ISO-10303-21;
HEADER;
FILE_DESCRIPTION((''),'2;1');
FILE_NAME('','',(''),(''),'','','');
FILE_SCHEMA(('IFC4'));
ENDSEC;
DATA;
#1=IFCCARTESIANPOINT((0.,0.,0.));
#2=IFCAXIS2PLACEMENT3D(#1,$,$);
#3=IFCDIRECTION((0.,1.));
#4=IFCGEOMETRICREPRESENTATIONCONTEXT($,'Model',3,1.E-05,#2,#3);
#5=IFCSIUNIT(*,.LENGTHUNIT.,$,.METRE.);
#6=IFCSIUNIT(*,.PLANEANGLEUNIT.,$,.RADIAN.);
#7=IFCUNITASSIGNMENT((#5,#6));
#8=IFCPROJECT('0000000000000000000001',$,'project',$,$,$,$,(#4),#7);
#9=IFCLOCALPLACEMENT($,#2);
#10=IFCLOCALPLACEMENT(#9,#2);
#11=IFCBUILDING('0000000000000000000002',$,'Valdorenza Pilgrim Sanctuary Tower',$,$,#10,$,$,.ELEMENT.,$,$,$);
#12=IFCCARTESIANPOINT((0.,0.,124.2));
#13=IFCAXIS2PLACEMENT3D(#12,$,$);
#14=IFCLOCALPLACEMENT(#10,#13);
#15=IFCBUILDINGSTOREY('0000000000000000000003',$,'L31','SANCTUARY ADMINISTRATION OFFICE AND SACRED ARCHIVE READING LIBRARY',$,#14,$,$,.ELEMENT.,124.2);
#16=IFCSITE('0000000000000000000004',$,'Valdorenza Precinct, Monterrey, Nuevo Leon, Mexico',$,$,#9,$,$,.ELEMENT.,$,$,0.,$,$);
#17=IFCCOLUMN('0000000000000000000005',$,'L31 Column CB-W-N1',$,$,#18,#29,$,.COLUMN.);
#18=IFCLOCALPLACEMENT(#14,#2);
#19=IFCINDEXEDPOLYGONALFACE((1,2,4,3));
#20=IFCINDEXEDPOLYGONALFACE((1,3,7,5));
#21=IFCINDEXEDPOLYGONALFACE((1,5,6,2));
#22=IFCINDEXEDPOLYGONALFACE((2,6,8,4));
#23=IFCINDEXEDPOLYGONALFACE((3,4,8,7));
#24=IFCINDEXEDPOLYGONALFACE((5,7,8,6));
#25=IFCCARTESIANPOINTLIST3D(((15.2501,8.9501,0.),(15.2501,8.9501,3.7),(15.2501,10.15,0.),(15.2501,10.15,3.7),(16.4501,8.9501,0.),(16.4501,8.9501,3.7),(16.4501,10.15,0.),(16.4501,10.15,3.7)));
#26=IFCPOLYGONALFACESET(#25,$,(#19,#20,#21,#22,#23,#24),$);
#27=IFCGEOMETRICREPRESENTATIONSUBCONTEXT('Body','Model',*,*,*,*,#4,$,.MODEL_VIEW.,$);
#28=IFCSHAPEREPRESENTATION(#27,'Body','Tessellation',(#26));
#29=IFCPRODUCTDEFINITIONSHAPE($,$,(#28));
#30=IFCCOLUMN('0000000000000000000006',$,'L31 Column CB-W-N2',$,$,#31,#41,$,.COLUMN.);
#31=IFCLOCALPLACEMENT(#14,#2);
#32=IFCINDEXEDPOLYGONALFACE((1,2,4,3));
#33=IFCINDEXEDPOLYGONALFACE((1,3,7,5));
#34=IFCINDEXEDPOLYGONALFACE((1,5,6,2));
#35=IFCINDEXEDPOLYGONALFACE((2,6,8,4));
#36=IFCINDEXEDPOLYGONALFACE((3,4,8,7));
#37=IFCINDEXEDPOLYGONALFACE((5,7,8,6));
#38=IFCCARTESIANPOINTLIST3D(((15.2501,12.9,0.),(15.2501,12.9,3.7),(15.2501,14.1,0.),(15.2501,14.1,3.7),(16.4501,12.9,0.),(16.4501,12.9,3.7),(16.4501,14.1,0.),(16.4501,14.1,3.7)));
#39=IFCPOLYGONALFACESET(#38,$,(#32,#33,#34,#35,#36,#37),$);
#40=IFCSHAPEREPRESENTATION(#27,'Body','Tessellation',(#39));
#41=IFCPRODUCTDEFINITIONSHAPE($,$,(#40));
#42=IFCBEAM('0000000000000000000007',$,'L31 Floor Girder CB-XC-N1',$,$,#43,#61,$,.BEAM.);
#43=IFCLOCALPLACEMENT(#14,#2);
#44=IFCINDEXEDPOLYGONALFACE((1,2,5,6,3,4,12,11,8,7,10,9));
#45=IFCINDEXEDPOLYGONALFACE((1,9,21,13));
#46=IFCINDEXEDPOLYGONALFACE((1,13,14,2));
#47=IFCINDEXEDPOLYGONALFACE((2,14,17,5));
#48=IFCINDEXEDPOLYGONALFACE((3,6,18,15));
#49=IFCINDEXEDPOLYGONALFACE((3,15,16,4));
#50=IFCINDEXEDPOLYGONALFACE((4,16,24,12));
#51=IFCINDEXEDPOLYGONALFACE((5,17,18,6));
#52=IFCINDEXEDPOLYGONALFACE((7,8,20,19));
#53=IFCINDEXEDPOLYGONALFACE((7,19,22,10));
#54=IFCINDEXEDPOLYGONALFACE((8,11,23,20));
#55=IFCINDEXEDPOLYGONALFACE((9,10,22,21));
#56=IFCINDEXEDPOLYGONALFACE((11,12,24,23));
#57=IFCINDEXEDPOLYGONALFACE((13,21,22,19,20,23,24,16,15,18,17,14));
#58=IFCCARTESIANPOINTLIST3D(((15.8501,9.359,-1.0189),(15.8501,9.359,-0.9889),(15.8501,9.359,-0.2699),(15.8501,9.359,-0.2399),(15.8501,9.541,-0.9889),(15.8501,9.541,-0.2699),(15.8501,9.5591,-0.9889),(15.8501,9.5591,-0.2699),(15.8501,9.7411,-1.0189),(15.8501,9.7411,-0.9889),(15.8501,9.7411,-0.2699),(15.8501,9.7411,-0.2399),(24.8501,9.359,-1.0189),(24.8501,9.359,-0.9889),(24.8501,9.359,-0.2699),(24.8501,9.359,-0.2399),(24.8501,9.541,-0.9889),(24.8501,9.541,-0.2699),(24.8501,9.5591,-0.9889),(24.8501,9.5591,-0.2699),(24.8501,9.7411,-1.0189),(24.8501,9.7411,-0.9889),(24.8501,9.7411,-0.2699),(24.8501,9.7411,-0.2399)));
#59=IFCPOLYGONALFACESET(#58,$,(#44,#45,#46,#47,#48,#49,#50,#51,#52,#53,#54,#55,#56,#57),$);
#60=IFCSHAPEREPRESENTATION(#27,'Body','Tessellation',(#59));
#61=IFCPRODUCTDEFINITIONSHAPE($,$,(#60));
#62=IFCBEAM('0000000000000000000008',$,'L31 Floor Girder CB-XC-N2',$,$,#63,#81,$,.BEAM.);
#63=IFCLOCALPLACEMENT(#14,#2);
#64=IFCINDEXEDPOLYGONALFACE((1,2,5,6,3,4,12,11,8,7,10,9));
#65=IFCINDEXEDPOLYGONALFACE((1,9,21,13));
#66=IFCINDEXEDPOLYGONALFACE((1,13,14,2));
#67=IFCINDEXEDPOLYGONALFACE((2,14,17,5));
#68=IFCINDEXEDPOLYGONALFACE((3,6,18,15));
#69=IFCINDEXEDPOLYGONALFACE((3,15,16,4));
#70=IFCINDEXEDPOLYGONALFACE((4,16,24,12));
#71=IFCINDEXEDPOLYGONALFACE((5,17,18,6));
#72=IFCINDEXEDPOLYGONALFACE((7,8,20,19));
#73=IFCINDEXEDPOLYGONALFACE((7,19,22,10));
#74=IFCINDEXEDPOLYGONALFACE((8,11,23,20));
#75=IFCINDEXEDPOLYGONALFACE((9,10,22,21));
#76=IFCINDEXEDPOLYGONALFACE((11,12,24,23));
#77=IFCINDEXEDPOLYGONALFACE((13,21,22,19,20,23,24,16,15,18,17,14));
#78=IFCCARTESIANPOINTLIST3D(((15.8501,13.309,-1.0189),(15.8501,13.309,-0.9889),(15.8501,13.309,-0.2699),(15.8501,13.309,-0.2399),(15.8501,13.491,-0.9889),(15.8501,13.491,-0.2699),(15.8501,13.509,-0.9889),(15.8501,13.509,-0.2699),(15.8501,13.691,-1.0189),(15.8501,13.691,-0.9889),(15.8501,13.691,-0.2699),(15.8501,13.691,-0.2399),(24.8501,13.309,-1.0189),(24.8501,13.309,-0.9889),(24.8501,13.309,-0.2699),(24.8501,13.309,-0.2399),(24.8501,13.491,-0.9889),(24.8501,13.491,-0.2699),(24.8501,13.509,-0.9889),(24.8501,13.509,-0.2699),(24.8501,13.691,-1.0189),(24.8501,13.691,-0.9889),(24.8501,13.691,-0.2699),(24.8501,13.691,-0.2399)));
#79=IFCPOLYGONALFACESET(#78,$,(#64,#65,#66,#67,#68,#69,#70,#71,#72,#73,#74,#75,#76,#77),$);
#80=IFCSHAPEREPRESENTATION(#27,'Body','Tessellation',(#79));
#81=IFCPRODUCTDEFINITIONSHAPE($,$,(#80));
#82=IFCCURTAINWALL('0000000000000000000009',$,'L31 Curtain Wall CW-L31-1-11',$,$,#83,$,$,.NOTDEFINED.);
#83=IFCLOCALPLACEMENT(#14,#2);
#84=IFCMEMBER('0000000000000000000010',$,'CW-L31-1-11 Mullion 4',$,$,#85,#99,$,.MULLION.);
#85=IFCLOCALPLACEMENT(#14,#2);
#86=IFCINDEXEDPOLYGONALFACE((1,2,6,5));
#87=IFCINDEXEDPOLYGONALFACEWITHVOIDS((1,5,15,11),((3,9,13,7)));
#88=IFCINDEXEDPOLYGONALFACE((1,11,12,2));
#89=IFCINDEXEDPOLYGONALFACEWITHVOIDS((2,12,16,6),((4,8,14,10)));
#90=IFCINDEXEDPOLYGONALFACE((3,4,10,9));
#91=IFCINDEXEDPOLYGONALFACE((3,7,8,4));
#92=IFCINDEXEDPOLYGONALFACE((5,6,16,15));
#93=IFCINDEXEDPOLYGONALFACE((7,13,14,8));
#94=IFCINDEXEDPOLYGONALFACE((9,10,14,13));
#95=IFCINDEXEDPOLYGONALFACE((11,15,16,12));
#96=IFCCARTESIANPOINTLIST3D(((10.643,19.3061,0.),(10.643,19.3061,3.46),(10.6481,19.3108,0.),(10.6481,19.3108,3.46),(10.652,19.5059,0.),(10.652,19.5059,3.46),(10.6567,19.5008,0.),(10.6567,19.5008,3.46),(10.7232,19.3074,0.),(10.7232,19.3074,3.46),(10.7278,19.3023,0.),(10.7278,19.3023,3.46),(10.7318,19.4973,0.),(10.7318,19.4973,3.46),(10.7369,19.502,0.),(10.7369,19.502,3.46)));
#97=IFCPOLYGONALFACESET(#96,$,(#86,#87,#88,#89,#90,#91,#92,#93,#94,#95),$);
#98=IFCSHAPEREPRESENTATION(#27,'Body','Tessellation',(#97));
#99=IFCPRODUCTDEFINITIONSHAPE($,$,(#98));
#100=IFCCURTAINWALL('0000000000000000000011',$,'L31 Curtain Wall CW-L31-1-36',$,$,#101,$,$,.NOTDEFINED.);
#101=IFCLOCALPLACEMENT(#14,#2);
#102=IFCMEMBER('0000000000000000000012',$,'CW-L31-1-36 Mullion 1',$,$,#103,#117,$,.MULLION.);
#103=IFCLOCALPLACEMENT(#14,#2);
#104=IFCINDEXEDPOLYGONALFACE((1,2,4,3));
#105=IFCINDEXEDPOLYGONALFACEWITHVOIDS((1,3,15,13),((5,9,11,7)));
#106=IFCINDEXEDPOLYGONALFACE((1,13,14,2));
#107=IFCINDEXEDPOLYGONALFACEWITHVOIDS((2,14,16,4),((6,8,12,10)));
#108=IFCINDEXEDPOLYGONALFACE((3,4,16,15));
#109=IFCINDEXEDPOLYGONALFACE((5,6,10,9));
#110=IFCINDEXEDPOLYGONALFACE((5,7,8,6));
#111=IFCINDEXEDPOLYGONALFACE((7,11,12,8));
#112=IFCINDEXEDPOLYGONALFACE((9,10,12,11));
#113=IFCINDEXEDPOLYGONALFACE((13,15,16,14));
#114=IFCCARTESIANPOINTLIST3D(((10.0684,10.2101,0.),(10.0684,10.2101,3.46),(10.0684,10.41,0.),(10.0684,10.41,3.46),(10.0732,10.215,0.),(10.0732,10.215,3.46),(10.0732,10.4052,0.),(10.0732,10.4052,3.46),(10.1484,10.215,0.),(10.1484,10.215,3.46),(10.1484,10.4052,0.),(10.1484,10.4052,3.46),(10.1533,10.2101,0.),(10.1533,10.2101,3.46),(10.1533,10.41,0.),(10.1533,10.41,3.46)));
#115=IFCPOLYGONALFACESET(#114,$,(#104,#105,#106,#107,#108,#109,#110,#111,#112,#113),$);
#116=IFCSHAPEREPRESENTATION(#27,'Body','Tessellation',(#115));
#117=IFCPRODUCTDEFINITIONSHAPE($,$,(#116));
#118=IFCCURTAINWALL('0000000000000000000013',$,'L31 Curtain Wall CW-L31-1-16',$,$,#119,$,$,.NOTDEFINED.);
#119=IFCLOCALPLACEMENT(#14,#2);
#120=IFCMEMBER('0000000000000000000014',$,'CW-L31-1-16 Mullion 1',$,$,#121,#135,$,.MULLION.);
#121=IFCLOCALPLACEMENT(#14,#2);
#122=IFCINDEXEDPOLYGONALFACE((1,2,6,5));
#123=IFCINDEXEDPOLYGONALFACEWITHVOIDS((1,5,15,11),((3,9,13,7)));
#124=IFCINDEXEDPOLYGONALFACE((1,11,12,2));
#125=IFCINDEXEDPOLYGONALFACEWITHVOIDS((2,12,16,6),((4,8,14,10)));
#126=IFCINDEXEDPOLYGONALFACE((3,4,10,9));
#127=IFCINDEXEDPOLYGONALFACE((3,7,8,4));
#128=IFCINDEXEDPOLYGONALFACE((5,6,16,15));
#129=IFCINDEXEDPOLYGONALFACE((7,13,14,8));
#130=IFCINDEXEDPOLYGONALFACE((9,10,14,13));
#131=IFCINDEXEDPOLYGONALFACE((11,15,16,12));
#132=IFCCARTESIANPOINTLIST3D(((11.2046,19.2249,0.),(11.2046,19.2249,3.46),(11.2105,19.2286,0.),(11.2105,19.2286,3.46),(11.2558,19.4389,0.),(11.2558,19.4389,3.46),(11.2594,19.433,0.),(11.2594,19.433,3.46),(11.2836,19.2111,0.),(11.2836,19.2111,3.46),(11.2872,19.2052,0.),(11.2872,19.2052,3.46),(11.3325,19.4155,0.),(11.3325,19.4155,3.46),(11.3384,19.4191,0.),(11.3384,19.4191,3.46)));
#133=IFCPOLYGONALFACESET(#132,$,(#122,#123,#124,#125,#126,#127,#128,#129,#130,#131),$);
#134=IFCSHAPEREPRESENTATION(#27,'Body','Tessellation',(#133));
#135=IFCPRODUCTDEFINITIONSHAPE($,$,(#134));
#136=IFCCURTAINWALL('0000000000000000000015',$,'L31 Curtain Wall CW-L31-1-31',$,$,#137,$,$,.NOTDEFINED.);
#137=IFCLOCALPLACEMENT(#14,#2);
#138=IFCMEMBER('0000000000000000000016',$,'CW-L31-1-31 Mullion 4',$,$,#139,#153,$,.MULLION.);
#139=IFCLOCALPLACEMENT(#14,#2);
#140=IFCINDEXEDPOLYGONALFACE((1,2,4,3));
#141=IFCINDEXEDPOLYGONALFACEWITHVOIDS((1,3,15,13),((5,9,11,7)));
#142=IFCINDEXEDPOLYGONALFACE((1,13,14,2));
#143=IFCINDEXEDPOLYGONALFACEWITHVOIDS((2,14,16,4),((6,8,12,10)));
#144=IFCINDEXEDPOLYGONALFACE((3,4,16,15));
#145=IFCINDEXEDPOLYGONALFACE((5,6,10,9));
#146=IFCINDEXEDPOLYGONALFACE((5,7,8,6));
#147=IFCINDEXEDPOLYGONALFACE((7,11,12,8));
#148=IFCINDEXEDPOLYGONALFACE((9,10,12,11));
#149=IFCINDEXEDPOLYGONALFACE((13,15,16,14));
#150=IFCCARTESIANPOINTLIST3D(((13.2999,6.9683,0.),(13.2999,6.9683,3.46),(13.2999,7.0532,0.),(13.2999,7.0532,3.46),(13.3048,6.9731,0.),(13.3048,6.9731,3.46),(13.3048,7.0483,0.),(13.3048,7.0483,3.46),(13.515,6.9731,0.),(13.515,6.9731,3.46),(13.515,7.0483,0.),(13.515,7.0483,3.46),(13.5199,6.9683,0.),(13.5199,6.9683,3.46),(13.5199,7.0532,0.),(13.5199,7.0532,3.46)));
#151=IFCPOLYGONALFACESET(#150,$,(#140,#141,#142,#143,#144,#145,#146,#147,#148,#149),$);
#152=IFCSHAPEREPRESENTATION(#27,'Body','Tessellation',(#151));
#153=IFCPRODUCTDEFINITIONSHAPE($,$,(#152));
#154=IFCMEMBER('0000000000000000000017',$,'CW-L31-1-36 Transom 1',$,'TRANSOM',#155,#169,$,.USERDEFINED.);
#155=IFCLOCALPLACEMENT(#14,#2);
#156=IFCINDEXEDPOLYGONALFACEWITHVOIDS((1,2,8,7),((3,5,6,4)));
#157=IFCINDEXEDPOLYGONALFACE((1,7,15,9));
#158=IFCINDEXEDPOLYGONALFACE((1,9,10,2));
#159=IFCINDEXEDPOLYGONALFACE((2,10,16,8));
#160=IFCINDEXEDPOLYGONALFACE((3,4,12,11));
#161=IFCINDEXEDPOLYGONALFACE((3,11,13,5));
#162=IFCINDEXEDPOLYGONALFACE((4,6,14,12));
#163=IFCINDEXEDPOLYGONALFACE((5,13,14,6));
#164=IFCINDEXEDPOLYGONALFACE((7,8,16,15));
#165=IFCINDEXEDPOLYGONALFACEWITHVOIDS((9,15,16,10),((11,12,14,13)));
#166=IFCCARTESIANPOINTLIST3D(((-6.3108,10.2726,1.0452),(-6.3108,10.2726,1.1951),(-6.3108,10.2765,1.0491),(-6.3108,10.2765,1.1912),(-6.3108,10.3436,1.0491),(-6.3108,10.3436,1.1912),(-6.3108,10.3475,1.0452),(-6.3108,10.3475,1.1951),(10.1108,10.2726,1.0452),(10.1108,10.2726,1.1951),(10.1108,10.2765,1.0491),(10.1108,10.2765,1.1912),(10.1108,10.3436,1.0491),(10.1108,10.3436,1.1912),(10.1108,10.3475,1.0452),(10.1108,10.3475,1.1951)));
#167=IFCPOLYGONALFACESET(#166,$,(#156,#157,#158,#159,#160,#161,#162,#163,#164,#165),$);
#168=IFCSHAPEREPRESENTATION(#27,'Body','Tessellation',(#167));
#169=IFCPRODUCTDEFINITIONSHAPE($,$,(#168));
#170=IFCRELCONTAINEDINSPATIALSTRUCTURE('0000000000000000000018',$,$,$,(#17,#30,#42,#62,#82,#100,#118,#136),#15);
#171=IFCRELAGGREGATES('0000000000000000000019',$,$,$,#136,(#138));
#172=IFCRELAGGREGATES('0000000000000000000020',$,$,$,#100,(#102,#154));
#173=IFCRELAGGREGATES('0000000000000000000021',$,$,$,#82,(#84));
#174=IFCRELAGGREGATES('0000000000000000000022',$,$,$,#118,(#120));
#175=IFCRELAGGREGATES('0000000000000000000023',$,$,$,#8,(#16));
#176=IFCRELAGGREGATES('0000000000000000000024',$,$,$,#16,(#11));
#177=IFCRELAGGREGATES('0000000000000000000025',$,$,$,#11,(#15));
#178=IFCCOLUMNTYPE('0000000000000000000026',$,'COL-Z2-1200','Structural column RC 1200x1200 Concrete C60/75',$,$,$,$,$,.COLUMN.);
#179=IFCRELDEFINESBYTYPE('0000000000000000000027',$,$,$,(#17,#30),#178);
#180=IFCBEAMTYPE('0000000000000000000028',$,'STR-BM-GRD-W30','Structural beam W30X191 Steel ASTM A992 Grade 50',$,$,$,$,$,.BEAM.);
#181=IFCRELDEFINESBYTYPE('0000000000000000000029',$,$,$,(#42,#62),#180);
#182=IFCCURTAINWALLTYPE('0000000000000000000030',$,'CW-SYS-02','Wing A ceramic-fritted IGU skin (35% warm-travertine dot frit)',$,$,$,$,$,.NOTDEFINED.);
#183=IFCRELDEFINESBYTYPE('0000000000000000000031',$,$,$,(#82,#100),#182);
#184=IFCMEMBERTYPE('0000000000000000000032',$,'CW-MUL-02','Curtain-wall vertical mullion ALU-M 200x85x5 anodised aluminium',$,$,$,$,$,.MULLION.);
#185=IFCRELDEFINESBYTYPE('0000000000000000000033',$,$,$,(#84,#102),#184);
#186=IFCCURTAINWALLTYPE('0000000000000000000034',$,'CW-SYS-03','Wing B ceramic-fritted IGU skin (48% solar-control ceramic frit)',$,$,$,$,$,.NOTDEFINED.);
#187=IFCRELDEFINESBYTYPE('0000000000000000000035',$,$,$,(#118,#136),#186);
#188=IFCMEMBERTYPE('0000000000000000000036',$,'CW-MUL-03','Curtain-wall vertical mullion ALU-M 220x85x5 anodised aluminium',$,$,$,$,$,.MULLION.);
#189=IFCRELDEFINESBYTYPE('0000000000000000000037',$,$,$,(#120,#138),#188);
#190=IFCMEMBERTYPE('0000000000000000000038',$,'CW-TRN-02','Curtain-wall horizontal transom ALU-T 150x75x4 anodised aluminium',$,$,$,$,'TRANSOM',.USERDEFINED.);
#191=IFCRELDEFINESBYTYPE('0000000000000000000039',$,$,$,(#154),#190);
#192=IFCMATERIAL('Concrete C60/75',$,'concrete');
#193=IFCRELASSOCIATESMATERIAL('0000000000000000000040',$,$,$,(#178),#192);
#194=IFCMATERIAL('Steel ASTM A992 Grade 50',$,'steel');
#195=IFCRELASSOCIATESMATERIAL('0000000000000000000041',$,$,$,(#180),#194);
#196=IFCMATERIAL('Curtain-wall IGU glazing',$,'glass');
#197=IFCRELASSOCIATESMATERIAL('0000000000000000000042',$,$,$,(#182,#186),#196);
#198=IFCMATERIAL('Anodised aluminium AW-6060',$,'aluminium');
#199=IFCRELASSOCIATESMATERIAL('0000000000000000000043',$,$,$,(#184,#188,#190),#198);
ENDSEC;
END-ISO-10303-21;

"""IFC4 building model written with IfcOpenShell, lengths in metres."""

from ifc_helpers import new_model, si_unit, direction, frame, origin, origin_2d, place, context, subcontext, project, spatial, rectangle, hollow_rectangle, i_section, extrude, source, transform, mapped, material, material_profile, profile_set, type_object, element, aggregate, save


model = new_model("IFC4")

# Units and contexts
model_context = context("Model", 3, precision=1e-05, world=origin(), true_north=direction((0.0, 1.0)))
body_context = subcontext(model_context, "Body", "Model", "MODEL_VIEW")
ifc_project = project(units=[si_unit("LENGTHUNIT", "METRE"), si_unit("PLANEANGLEUNIT", "RADIAN")], contexts=[model_context])

# Site, building, storey
site_placement = place(None, origin())
site = spatial("IfcSite", under=ifc_project, at=site_placement, Name="Valdorenza Precinct, Monterrey, Nuevo Leon, Mexico", CompositionType="ELEMENT", RefElevation=0.0)
building_placement = place(site_placement, origin())
building = spatial("IfcBuilding", under=site, at=building_placement, Name="Valdorenza Pilgrim Sanctuary Tower", CompositionType="ELEMENT")
storey_placement = place(building_placement, frame((0.0, 0.0, 124.2)))
storey = spatial("IfcBuildingStorey", under=building, at=storey_placement, Name="L31", Description="SANCTUARY ADMINISTRATION OFFICE AND SACRED ARCHIVE READING LIBRARY", CompositionType="ELEMENT", Elevation=124.2)

# Columns
ifc_material_1 = material(Name="Concrete C60/75", Category="concrete")
ifc_material_profile_1 = material_profile(ifc_material_1, rectangle(XDim=1.2, YDim=1.2, at=origin_2d()), Name="RC 1200x1200")
ifc_profile_set_1 = profile_set([ifc_material_profile_1], Name="Concrete C60/75")
column_type = type_object("IfcColumnType", Name="COL-Z2-1200", Description="Structural column RC 1200x1200 Concrete C60/75", PredefinedType="COLUMN", material=ifc_profile_set_1)
shared_shape_1 = source(origin(), body_context, "Body", "SweptSolid", [
    extrude(rectangle(XDim=1.2, YDim=1.2, at=origin_2d()), origin(), (0.0, 0.0, 1.0), 3.7),
])
for number, where, z_axis, x_axis, name in (
    (1, (15.8501, 9.55, 0.0), (0.0, 0.0, 1.0), (1.0, 0.0, 0.0), "L31 Column CB-W-N1"),
    (2, (15.8501, 13.5, 0.0), (0.0, 0.0, 1.0), (1.0, 0.0, 0.0), "L31 Column CB-W-N2"),
):
    element("IfcColumn", number, at=place(storey_placement, frame(where, z_axis=z_axis, x_axis=x_axis)), inside=storey, type_object=column_type, Name=name, PredefinedType="COLUMN", context=body_context, shape_type="MappedRepresentation", body=[
        mapped(shared_shape_1, transform((0.0, 0.0, 0.0), x_axis=(1.0, 0.0, 0.0), y_axis=(0.0, 1.0, 0.0), z_axis=(0.0, 0.0, 1.0), scale=1.0)),
    ])

# Beams
ifc_material_2 = material(Name="Steel ASTM A992 Grade 50", Category="steel")
ifc_material_profile_2 = material_profile(ifc_material_2, i_section(OverallWidth=0.3821, OverallDepth=0.7791, WebThickness=0.0181, FlangeThickness=0.03, at=origin_2d()), Name="W30X191")
ifc_profile_set_2 = profile_set([ifc_material_profile_2], Name="Steel ASTM A992 Grade 50")
beam_type = type_object("IfcBeamType", Name="STR-BM-GRD-W30", Description="Structural beam W30X191 Steel ASTM A992 Grade 50", PredefinedType="BEAM", material=ifc_profile_set_2)
shared_shape_2 = source(origin(), body_context, "Body", "SweptSolid", [
    extrude(i_section(OverallWidth=0.3821, OverallDepth=0.7791, WebThickness=0.0181, FlangeThickness=0.03, at=origin_2d()), origin(), (0.0, 0.0, 1.0), 9.0),
])
for number, where, z_axis, x_axis, name in (
    (3, (15.8501, 9.55, -0.6294), (1.0, 0.0, 0.0), (0.0, 1.0, 0.0), "L31 Floor Girder CB-XC-N1"),
    (4, (15.8501, 13.5, -0.6294), (1.0, 0.0, 0.0), (0.0, 1.0, 0.0), "L31 Floor Girder CB-XC-N2"),
):
    element("IfcBeam", number, at=place(storey_placement, frame(where, z_axis=z_axis, x_axis=x_axis)), inside=storey, type_object=beam_type, Name=name, PredefinedType="BEAM", context=body_context, shape_type="MappedRepresentation", body=[
        mapped(shared_shape_2, transform((0.0, 0.0, 0.0), x_axis=(1.0, 0.0, 0.0), y_axis=(0.0, 1.0, 0.0), z_axis=(0.0, 0.0, 1.0), scale=1.0)),
    ])

# Curtain walls, members
ifc_material_3 = material(Name="Curtain-wall IGU glazing", Category="glass")
curtain_wall_type_1 = type_object("IfcCurtainWallType", Name="CW-SYS-02", Description="Wing A ceramic-fritted IGU skin (35% warm-travertine dot frit)", PredefinedType="NOTDEFINED", material=ifc_material_3)
curtain_wall_1_placement = place(storey_placement, origin())
curtain_wall_1 = element("IfcCurtainWall", 5, at=curtain_wall_1_placement, inside=storey, type_object=curtain_wall_type_1, Name="L31 Curtain Wall CW-L31-1-11", PredefinedType="NOTDEFINED")
ifc_material_4 = material(Name="Anodised aluminium AW-6060", Category="aluminium")
ifc_material_profile_3 = material_profile(ifc_material_4, hollow_rectangle(XDim=0.085, YDim=0.2, WallThickness=0.0049, at=origin_2d()), Name="ALU-M 200x85x5")
ifc_profile_set_3 = profile_set([ifc_material_profile_3], Name="Anodised aluminium AW-6060")
member_type_1 = type_object("IfcMemberType", Name="CW-MUL-02", Description="Curtain-wall vertical mullion ALU-M 200x85x5 anodised aluminium", PredefinedType="MULLION", material=ifc_profile_set_3)
shared_shape_3 = source(origin(), body_context, "Body", "SweptSolid", [
    extrude(hollow_rectangle(XDim=0.085, YDim=0.2, WallThickness=0.0049, at=origin_2d()), origin(), (0.0, 0.0, 1.0), 3.46),
])
member_1_placement = place(storey_placement, frame((10.6899, 19.4041, 0.0), z_axis=(0.0, 0.0, 1.0), x_axis=(0.998968, -0.045415, 0.0)))
member_1 = element("IfcMember", 6, at=member_1_placement, type_object=member_type_1, Name="CW-L31-1-11 Mullion 4", PredefinedType="MULLION", context=body_context, shape_type="MappedRepresentation", body=[
    mapped(shared_shape_3, transform((0.0, 0.0, 0.0), x_axis=(1.0, 0.0, 0.0), y_axis=(0.0, 1.0, 0.0), z_axis=(0.0, 0.0, 1.0), scale=1.0)),
])
curtain_wall_2_placement = place(storey_placement, origin())
curtain_wall_2 = element("IfcCurtainWall", 7, at=curtain_wall_2_placement, inside=storey, type_object=curtain_wall_type_1, Name="L31 Curtain Wall CW-L31-1-36", PredefinedType="NOTDEFINED")
member_2_placement = place(storey_placement, frame((10.1108, 10.3101, 0.0), z_axis=(0.0, 0.0, 1.0), x_axis=(-1.0, 0.0, 0.0)))
member_2 = element("IfcMember", 8, at=member_2_placement, type_object=member_type_1, Name="CW-L31-1-36 Mullion 1", PredefinedType="MULLION", context=body_context, shape_type="MappedRepresentation", body=[
    mapped(shared_shape_3, transform((0.0, 0.0, 0.0), x_axis=(1.0, 0.0, 0.0), y_axis=(0.0, 1.0, 0.0), z_axis=(0.0, 0.0, 1.0), scale=1.0)),
])
curtain_wall_type_2 = type_object("IfcCurtainWallType", Name="CW-SYS-03", Description="Wing B ceramic-fritted IGU skin (48% solar-control ceramic frit)", PredefinedType="NOTDEFINED", material=ifc_material_3)
curtain_wall_3_placement = place(storey_placement, origin())
curtain_wall_3 = element("IfcCurtainWall", 9, at=curtain_wall_3_placement, inside=storey, type_object=curtain_wall_type_2, Name="L31 Curtain Wall CW-L31-1-16", PredefinedType="NOTDEFINED")
ifc_material_profile_4 = material_profile(ifc_material_4, hollow_rectangle(XDim=0.085, YDim=0.22, WallThickness=0.0049, at=origin_2d()), Name="ALU-M 220x85x5")
ifc_profile_set_4 = profile_set([ifc_material_profile_4], Name="Anodised aluminium AW-6060")
member_type_2 = type_object("IfcMemberType", Name="CW-MUL-03", Description="Curtain-wall vertical mullion ALU-M 220x85x5 anodised aluminium", PredefinedType="MULLION", material=ifc_profile_set_4)
shared_shape_4 = source(origin(), body_context, "Body", "SweptSolid", [
    extrude(hollow_rectangle(XDim=0.085, YDim=0.22, WallThickness=0.0049, at=origin_2d()), origin(), (0.0, 0.0, 1.0), 3.46),
])
member_3_placement = place(storey_placement, frame((11.2715, 19.322, 0.0), z_axis=(0.0, 0.0, 1.0), x_axis=(0.972529, -0.232783, 0.0)))
member_3 = element("IfcMember", 10, at=member_3_placement, type_object=member_type_2, Name="CW-L31-1-16 Mullion 1", PredefinedType="MULLION", context=body_context, shape_type="MappedRepresentation", body=[
    mapped(shared_shape_4, transform((0.0, 0.0, 0.0), x_axis=(1.0, 0.0, 0.0), y_axis=(0.0, 1.0, 0.0), z_axis=(0.0, 0.0, 1.0), scale=1.0)),
])
curtain_wall_4_placement = place(storey_placement, origin())
curtain_wall_4 = element("IfcCurtainWall", 11, at=curtain_wall_4_placement, inside=storey, type_object=curtain_wall_type_2, Name="L31 Curtain Wall CW-L31-1-31", PredefinedType="NOTDEFINED")
member_4_placement = place(storey_placement, frame((13.4099, 7.0107, 0.0), z_axis=(0.0, 0.0, 1.0), x_axis=(0.0, 1.0, 0.0)))
member_4 = element("IfcMember", 12, at=member_4_placement, type_object=member_type_2, Name="CW-L31-1-31 Mullion 4", PredefinedType="MULLION", context=body_context, shape_type="MappedRepresentation", body=[
    mapped(shared_shape_4, transform((0.0, 0.0, 0.0), x_axis=(1.0, 0.0, 0.0), y_axis=(0.0, 1.0, 0.0), z_axis=(0.0, 0.0, 1.0), scale=1.0)),
])
aggregate(curtain_wall_4, [member_4])

# Member
ifc_material_profile_5 = material_profile(ifc_material_4, hollow_rectangle(XDim=0.075, YDim=0.1499, WallThickness=0.0039, at=origin_2d()), Name="ALU-T 150x75x4")
ifc_profile_set_5 = profile_set([ifc_material_profile_5], Name="Anodised aluminium AW-6060")
member_type_3 = type_object("IfcMemberType", Name="CW-TRN-02", Description="Curtain-wall horizontal transom ALU-T 150x75x4 anodised aluminium", ElementType="TRANSOM", PredefinedType="USERDEFINED", material=ifc_profile_set_5)
shared_shape_5 = source(origin(), body_context, "Body", "SweptSolid", [
    extrude(hollow_rectangle(XDim=0.075, YDim=0.1499, WallThickness=0.0039, at=origin_2d()), origin(), (0.0, 0.0, 1.0), 16.4216),
])
member_5_placement = place(storey_placement, frame((10.1108, 10.3101, 1.1201), z_axis=(-1.0, 0.0, 0.0), x_axis=(0.0, -1.0, 0.0)))
member_5 = element("IfcMember", 13, at=member_5_placement, type_object=member_type_3, Name="CW-L31-1-36 Transom 1", ObjectType="TRANSOM", PredefinedType="USERDEFINED", context=body_context, shape_type="MappedRepresentation", body=[
    mapped(shared_shape_5, transform((0.0, 0.0, 0.0), x_axis=(1.0, 0.0, 0.0), y_axis=(0.0, 1.0, 0.0), z_axis=(0.0, 0.0, 1.0), scale=1.0)),
])

aggregate(curtain_wall_2, [member_2, member_5])
aggregate(curtain_wall_1, [member_1])
aggregate(curtain_wall_3, [member_3])

save(model, "model.ifc")
